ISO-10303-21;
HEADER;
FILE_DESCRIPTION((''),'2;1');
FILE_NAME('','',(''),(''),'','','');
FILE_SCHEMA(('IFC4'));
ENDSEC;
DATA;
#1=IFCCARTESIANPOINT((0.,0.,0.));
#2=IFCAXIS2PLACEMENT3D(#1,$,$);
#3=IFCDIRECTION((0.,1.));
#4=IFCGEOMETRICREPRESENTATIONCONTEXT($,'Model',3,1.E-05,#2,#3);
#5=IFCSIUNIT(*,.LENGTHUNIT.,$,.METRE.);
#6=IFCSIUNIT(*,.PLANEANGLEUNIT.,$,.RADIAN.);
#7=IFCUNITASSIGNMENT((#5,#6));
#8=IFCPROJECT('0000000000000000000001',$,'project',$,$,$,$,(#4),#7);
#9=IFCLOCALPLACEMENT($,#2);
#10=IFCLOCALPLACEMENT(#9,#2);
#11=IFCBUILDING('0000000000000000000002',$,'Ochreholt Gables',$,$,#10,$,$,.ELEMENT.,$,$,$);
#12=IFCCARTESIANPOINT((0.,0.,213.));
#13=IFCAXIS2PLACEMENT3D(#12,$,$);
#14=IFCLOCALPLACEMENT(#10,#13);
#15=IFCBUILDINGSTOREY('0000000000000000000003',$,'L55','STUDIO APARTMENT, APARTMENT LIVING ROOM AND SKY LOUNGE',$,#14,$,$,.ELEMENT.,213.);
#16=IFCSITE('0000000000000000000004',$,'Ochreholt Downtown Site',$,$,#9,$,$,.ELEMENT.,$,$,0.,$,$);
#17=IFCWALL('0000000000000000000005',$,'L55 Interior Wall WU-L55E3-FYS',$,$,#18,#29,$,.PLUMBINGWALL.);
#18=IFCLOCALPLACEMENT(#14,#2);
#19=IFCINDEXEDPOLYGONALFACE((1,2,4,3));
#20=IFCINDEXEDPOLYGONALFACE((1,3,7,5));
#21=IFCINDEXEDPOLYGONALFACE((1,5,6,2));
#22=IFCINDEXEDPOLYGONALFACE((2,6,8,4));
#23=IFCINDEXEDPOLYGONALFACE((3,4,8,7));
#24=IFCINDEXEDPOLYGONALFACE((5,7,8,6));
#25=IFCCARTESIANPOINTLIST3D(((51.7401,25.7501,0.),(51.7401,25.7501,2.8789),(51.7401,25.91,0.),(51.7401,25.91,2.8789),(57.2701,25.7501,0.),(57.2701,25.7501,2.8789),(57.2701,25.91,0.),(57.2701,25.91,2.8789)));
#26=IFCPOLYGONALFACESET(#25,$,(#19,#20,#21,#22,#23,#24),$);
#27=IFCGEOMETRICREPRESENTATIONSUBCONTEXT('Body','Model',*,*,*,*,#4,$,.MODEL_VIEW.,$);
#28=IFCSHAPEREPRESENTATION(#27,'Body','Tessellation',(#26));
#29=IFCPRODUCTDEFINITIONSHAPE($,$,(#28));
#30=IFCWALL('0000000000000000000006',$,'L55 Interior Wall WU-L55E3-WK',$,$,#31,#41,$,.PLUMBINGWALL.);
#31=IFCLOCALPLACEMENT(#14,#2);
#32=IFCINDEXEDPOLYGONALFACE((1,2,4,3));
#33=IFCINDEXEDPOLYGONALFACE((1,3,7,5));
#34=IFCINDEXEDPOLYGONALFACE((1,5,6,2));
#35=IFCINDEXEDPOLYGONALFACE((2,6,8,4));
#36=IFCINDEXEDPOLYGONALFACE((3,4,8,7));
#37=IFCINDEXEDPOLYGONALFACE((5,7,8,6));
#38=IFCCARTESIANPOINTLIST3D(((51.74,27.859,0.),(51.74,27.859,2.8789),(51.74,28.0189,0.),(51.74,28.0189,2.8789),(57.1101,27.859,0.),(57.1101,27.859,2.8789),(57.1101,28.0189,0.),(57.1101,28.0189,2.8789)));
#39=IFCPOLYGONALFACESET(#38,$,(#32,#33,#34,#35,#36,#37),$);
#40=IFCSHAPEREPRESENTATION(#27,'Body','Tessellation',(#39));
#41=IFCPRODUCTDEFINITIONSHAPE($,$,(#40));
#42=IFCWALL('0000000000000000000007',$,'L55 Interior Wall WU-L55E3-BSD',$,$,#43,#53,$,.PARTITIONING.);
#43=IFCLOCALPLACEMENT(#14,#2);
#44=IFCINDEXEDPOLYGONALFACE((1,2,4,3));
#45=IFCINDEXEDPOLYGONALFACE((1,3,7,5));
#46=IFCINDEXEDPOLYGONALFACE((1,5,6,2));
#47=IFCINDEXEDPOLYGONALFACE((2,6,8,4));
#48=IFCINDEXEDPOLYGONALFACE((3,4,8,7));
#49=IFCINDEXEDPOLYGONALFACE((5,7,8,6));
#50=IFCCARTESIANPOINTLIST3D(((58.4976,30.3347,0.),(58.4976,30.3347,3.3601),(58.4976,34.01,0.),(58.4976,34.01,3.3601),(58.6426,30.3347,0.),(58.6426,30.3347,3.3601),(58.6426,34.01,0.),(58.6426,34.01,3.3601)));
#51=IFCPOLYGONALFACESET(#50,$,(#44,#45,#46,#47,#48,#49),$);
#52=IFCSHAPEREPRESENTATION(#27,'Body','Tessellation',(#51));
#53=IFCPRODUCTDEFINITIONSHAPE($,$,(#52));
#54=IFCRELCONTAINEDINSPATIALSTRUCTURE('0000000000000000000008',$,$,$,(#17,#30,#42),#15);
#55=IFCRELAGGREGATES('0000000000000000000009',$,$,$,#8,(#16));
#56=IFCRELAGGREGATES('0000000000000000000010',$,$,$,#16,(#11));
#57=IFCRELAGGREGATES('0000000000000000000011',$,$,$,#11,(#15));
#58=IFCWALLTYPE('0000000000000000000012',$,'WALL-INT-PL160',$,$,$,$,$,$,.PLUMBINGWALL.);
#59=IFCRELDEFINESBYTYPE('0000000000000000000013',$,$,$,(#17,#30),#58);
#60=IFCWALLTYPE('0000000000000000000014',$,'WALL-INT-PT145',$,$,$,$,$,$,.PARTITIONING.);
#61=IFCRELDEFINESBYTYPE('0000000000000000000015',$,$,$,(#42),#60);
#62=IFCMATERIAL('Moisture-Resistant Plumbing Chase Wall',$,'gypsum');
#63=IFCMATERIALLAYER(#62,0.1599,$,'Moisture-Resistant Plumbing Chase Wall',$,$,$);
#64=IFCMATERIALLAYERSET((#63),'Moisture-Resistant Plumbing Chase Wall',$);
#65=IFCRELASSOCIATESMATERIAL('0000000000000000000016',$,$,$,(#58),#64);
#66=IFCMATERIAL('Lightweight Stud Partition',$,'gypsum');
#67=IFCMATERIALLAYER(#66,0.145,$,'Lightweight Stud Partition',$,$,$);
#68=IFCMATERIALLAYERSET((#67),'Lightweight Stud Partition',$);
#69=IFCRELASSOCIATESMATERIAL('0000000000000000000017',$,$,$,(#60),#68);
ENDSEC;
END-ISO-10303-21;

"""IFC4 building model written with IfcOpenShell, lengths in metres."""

from ifc_helpers import new_model, si_unit, direction, frame, frame_2d, origin, place, context, subcontext, project, spatial, rectangle, extrude, material, layer, layer_set, type_object, element, save


model = new_model("IFC4")

# Units and contexts
model_context = context("Model", 3, precision=1e-05, world=origin(), true_north=direction((0.0, 1.0)))
body_context = subcontext(model_context, "Body", "Model", "MODEL_VIEW")
ifc_project = project(units=[si_unit("LENGTHUNIT", "METRE"), si_unit("PLANEANGLEUNIT", "RADIAN")], contexts=[model_context])

# Site, building, storey
site_placement = place(None, origin())
site = spatial("IfcSite", under=ifc_project, at=site_placement, Name="Ochreholt Downtown Site", CompositionType="ELEMENT", RefElevation=0.0)
building_placement = place(site_placement, origin())
building = spatial("IfcBuilding", under=site, at=building_placement, Name="Ochreholt Gables", CompositionType="ELEMENT")
storey_placement = place(building_placement, frame((0.0, 0.0, 213.0)))
storey = spatial("IfcBuildingStorey", under=building, at=storey_placement, Name="L55", Description="STUDIO APARTMENT, APARTMENT LIVING ROOM AND SKY LOUNGE", CompositionType="ELEMENT", Elevation=213.0)

# Wall
ifc_material_1 = material(Name="Moisture-Resistant Plumbing Chase Wall", Category="gypsum")
ifc_layer_1 = layer(ifc_material_1, 0.1599, Name="Moisture-Resistant Plumbing Chase Wall")
ifc_layer_set_1 = layer_set([ifc_layer_1], Name="Moisture-Resistant Plumbing Chase Wall")
wall_type_1 = type_object("IfcWallType", Name="WALL-INT-PL160", PredefinedType="PLUMBINGWALL", material=ifc_layer_set_1)
wall_1_placement = place(storey_placement, frame((51.74, 25.8301, 0.0), z_axis=(0.0, 0.0, 1.0), x_axis=(1.0, 0.0, 0.0)))
element("IfcWall", 1, at=wall_1_placement, inside=storey, type_object=wall_type_1, Name="L55 Interior Wall WU-L55E3-FYS", PredefinedType="PLUMBINGWALL", context=body_context, shape_type="SweptSolid", body=[
    extrude(rectangle(XDim=5.53, YDim=0.1599, at=frame_2d((2.7651, 0.0))), origin(), (0.0, 0.0, 1.0), 2.8789),
])

# Walls
wall_2_placement = place(storey_placement, frame((51.74, 27.939, 0.0), z_axis=(0.0, 0.0, 1.0), x_axis=(1.0, 0.0, 0.0)))
element("IfcWall", 2, at=wall_2_placement, inside=storey, type_object=wall_type_1, Name="L55 Interior Wall WU-L55E3-WK", PredefinedType="PLUMBINGWALL", context=body_context, shape_type="SweptSolid", body=[
    extrude(rectangle(XDim=5.3701, YDim=0.1599, at=frame_2d((2.6851, 0.0))), origin(), (0.0, 0.0, 1.0), 2.8789),
])
ifc_material_2 = material(Name="Lightweight Stud Partition", Category="gypsum")
ifc_layer_2 = layer(ifc_material_2, 0.145, Name="Lightweight Stud Partition")
ifc_layer_set_2 = layer_set([ifc_layer_2], Name="Lightweight Stud Partition")
wall_type_2 = type_object("IfcWallType", Name="WALL-INT-PT145", PredefinedType="PARTITIONING", material=ifc_layer_set_2)
wall_3_placement = place(storey_placement, frame((58.5701, 30.3347, 0.0), z_axis=(0.0, 0.0, 1.0), x_axis=(0.0, 1.0, 0.0)))
element("IfcWall", 3, at=wall_3_placement, inside=storey, type_object=wall_type_2, Name="L55 Interior Wall WU-L55E3-BSD", PredefinedType="PARTITIONING", context=body_context, shape_type="SweptSolid", body=[
    extrude(rectangle(XDim=3.6753, YDim=0.145, at=frame_2d((1.8376, 0.0))), origin(), (0.0, 0.0, 1.0), 3.3601),
])

save(model, "model.ifc")
